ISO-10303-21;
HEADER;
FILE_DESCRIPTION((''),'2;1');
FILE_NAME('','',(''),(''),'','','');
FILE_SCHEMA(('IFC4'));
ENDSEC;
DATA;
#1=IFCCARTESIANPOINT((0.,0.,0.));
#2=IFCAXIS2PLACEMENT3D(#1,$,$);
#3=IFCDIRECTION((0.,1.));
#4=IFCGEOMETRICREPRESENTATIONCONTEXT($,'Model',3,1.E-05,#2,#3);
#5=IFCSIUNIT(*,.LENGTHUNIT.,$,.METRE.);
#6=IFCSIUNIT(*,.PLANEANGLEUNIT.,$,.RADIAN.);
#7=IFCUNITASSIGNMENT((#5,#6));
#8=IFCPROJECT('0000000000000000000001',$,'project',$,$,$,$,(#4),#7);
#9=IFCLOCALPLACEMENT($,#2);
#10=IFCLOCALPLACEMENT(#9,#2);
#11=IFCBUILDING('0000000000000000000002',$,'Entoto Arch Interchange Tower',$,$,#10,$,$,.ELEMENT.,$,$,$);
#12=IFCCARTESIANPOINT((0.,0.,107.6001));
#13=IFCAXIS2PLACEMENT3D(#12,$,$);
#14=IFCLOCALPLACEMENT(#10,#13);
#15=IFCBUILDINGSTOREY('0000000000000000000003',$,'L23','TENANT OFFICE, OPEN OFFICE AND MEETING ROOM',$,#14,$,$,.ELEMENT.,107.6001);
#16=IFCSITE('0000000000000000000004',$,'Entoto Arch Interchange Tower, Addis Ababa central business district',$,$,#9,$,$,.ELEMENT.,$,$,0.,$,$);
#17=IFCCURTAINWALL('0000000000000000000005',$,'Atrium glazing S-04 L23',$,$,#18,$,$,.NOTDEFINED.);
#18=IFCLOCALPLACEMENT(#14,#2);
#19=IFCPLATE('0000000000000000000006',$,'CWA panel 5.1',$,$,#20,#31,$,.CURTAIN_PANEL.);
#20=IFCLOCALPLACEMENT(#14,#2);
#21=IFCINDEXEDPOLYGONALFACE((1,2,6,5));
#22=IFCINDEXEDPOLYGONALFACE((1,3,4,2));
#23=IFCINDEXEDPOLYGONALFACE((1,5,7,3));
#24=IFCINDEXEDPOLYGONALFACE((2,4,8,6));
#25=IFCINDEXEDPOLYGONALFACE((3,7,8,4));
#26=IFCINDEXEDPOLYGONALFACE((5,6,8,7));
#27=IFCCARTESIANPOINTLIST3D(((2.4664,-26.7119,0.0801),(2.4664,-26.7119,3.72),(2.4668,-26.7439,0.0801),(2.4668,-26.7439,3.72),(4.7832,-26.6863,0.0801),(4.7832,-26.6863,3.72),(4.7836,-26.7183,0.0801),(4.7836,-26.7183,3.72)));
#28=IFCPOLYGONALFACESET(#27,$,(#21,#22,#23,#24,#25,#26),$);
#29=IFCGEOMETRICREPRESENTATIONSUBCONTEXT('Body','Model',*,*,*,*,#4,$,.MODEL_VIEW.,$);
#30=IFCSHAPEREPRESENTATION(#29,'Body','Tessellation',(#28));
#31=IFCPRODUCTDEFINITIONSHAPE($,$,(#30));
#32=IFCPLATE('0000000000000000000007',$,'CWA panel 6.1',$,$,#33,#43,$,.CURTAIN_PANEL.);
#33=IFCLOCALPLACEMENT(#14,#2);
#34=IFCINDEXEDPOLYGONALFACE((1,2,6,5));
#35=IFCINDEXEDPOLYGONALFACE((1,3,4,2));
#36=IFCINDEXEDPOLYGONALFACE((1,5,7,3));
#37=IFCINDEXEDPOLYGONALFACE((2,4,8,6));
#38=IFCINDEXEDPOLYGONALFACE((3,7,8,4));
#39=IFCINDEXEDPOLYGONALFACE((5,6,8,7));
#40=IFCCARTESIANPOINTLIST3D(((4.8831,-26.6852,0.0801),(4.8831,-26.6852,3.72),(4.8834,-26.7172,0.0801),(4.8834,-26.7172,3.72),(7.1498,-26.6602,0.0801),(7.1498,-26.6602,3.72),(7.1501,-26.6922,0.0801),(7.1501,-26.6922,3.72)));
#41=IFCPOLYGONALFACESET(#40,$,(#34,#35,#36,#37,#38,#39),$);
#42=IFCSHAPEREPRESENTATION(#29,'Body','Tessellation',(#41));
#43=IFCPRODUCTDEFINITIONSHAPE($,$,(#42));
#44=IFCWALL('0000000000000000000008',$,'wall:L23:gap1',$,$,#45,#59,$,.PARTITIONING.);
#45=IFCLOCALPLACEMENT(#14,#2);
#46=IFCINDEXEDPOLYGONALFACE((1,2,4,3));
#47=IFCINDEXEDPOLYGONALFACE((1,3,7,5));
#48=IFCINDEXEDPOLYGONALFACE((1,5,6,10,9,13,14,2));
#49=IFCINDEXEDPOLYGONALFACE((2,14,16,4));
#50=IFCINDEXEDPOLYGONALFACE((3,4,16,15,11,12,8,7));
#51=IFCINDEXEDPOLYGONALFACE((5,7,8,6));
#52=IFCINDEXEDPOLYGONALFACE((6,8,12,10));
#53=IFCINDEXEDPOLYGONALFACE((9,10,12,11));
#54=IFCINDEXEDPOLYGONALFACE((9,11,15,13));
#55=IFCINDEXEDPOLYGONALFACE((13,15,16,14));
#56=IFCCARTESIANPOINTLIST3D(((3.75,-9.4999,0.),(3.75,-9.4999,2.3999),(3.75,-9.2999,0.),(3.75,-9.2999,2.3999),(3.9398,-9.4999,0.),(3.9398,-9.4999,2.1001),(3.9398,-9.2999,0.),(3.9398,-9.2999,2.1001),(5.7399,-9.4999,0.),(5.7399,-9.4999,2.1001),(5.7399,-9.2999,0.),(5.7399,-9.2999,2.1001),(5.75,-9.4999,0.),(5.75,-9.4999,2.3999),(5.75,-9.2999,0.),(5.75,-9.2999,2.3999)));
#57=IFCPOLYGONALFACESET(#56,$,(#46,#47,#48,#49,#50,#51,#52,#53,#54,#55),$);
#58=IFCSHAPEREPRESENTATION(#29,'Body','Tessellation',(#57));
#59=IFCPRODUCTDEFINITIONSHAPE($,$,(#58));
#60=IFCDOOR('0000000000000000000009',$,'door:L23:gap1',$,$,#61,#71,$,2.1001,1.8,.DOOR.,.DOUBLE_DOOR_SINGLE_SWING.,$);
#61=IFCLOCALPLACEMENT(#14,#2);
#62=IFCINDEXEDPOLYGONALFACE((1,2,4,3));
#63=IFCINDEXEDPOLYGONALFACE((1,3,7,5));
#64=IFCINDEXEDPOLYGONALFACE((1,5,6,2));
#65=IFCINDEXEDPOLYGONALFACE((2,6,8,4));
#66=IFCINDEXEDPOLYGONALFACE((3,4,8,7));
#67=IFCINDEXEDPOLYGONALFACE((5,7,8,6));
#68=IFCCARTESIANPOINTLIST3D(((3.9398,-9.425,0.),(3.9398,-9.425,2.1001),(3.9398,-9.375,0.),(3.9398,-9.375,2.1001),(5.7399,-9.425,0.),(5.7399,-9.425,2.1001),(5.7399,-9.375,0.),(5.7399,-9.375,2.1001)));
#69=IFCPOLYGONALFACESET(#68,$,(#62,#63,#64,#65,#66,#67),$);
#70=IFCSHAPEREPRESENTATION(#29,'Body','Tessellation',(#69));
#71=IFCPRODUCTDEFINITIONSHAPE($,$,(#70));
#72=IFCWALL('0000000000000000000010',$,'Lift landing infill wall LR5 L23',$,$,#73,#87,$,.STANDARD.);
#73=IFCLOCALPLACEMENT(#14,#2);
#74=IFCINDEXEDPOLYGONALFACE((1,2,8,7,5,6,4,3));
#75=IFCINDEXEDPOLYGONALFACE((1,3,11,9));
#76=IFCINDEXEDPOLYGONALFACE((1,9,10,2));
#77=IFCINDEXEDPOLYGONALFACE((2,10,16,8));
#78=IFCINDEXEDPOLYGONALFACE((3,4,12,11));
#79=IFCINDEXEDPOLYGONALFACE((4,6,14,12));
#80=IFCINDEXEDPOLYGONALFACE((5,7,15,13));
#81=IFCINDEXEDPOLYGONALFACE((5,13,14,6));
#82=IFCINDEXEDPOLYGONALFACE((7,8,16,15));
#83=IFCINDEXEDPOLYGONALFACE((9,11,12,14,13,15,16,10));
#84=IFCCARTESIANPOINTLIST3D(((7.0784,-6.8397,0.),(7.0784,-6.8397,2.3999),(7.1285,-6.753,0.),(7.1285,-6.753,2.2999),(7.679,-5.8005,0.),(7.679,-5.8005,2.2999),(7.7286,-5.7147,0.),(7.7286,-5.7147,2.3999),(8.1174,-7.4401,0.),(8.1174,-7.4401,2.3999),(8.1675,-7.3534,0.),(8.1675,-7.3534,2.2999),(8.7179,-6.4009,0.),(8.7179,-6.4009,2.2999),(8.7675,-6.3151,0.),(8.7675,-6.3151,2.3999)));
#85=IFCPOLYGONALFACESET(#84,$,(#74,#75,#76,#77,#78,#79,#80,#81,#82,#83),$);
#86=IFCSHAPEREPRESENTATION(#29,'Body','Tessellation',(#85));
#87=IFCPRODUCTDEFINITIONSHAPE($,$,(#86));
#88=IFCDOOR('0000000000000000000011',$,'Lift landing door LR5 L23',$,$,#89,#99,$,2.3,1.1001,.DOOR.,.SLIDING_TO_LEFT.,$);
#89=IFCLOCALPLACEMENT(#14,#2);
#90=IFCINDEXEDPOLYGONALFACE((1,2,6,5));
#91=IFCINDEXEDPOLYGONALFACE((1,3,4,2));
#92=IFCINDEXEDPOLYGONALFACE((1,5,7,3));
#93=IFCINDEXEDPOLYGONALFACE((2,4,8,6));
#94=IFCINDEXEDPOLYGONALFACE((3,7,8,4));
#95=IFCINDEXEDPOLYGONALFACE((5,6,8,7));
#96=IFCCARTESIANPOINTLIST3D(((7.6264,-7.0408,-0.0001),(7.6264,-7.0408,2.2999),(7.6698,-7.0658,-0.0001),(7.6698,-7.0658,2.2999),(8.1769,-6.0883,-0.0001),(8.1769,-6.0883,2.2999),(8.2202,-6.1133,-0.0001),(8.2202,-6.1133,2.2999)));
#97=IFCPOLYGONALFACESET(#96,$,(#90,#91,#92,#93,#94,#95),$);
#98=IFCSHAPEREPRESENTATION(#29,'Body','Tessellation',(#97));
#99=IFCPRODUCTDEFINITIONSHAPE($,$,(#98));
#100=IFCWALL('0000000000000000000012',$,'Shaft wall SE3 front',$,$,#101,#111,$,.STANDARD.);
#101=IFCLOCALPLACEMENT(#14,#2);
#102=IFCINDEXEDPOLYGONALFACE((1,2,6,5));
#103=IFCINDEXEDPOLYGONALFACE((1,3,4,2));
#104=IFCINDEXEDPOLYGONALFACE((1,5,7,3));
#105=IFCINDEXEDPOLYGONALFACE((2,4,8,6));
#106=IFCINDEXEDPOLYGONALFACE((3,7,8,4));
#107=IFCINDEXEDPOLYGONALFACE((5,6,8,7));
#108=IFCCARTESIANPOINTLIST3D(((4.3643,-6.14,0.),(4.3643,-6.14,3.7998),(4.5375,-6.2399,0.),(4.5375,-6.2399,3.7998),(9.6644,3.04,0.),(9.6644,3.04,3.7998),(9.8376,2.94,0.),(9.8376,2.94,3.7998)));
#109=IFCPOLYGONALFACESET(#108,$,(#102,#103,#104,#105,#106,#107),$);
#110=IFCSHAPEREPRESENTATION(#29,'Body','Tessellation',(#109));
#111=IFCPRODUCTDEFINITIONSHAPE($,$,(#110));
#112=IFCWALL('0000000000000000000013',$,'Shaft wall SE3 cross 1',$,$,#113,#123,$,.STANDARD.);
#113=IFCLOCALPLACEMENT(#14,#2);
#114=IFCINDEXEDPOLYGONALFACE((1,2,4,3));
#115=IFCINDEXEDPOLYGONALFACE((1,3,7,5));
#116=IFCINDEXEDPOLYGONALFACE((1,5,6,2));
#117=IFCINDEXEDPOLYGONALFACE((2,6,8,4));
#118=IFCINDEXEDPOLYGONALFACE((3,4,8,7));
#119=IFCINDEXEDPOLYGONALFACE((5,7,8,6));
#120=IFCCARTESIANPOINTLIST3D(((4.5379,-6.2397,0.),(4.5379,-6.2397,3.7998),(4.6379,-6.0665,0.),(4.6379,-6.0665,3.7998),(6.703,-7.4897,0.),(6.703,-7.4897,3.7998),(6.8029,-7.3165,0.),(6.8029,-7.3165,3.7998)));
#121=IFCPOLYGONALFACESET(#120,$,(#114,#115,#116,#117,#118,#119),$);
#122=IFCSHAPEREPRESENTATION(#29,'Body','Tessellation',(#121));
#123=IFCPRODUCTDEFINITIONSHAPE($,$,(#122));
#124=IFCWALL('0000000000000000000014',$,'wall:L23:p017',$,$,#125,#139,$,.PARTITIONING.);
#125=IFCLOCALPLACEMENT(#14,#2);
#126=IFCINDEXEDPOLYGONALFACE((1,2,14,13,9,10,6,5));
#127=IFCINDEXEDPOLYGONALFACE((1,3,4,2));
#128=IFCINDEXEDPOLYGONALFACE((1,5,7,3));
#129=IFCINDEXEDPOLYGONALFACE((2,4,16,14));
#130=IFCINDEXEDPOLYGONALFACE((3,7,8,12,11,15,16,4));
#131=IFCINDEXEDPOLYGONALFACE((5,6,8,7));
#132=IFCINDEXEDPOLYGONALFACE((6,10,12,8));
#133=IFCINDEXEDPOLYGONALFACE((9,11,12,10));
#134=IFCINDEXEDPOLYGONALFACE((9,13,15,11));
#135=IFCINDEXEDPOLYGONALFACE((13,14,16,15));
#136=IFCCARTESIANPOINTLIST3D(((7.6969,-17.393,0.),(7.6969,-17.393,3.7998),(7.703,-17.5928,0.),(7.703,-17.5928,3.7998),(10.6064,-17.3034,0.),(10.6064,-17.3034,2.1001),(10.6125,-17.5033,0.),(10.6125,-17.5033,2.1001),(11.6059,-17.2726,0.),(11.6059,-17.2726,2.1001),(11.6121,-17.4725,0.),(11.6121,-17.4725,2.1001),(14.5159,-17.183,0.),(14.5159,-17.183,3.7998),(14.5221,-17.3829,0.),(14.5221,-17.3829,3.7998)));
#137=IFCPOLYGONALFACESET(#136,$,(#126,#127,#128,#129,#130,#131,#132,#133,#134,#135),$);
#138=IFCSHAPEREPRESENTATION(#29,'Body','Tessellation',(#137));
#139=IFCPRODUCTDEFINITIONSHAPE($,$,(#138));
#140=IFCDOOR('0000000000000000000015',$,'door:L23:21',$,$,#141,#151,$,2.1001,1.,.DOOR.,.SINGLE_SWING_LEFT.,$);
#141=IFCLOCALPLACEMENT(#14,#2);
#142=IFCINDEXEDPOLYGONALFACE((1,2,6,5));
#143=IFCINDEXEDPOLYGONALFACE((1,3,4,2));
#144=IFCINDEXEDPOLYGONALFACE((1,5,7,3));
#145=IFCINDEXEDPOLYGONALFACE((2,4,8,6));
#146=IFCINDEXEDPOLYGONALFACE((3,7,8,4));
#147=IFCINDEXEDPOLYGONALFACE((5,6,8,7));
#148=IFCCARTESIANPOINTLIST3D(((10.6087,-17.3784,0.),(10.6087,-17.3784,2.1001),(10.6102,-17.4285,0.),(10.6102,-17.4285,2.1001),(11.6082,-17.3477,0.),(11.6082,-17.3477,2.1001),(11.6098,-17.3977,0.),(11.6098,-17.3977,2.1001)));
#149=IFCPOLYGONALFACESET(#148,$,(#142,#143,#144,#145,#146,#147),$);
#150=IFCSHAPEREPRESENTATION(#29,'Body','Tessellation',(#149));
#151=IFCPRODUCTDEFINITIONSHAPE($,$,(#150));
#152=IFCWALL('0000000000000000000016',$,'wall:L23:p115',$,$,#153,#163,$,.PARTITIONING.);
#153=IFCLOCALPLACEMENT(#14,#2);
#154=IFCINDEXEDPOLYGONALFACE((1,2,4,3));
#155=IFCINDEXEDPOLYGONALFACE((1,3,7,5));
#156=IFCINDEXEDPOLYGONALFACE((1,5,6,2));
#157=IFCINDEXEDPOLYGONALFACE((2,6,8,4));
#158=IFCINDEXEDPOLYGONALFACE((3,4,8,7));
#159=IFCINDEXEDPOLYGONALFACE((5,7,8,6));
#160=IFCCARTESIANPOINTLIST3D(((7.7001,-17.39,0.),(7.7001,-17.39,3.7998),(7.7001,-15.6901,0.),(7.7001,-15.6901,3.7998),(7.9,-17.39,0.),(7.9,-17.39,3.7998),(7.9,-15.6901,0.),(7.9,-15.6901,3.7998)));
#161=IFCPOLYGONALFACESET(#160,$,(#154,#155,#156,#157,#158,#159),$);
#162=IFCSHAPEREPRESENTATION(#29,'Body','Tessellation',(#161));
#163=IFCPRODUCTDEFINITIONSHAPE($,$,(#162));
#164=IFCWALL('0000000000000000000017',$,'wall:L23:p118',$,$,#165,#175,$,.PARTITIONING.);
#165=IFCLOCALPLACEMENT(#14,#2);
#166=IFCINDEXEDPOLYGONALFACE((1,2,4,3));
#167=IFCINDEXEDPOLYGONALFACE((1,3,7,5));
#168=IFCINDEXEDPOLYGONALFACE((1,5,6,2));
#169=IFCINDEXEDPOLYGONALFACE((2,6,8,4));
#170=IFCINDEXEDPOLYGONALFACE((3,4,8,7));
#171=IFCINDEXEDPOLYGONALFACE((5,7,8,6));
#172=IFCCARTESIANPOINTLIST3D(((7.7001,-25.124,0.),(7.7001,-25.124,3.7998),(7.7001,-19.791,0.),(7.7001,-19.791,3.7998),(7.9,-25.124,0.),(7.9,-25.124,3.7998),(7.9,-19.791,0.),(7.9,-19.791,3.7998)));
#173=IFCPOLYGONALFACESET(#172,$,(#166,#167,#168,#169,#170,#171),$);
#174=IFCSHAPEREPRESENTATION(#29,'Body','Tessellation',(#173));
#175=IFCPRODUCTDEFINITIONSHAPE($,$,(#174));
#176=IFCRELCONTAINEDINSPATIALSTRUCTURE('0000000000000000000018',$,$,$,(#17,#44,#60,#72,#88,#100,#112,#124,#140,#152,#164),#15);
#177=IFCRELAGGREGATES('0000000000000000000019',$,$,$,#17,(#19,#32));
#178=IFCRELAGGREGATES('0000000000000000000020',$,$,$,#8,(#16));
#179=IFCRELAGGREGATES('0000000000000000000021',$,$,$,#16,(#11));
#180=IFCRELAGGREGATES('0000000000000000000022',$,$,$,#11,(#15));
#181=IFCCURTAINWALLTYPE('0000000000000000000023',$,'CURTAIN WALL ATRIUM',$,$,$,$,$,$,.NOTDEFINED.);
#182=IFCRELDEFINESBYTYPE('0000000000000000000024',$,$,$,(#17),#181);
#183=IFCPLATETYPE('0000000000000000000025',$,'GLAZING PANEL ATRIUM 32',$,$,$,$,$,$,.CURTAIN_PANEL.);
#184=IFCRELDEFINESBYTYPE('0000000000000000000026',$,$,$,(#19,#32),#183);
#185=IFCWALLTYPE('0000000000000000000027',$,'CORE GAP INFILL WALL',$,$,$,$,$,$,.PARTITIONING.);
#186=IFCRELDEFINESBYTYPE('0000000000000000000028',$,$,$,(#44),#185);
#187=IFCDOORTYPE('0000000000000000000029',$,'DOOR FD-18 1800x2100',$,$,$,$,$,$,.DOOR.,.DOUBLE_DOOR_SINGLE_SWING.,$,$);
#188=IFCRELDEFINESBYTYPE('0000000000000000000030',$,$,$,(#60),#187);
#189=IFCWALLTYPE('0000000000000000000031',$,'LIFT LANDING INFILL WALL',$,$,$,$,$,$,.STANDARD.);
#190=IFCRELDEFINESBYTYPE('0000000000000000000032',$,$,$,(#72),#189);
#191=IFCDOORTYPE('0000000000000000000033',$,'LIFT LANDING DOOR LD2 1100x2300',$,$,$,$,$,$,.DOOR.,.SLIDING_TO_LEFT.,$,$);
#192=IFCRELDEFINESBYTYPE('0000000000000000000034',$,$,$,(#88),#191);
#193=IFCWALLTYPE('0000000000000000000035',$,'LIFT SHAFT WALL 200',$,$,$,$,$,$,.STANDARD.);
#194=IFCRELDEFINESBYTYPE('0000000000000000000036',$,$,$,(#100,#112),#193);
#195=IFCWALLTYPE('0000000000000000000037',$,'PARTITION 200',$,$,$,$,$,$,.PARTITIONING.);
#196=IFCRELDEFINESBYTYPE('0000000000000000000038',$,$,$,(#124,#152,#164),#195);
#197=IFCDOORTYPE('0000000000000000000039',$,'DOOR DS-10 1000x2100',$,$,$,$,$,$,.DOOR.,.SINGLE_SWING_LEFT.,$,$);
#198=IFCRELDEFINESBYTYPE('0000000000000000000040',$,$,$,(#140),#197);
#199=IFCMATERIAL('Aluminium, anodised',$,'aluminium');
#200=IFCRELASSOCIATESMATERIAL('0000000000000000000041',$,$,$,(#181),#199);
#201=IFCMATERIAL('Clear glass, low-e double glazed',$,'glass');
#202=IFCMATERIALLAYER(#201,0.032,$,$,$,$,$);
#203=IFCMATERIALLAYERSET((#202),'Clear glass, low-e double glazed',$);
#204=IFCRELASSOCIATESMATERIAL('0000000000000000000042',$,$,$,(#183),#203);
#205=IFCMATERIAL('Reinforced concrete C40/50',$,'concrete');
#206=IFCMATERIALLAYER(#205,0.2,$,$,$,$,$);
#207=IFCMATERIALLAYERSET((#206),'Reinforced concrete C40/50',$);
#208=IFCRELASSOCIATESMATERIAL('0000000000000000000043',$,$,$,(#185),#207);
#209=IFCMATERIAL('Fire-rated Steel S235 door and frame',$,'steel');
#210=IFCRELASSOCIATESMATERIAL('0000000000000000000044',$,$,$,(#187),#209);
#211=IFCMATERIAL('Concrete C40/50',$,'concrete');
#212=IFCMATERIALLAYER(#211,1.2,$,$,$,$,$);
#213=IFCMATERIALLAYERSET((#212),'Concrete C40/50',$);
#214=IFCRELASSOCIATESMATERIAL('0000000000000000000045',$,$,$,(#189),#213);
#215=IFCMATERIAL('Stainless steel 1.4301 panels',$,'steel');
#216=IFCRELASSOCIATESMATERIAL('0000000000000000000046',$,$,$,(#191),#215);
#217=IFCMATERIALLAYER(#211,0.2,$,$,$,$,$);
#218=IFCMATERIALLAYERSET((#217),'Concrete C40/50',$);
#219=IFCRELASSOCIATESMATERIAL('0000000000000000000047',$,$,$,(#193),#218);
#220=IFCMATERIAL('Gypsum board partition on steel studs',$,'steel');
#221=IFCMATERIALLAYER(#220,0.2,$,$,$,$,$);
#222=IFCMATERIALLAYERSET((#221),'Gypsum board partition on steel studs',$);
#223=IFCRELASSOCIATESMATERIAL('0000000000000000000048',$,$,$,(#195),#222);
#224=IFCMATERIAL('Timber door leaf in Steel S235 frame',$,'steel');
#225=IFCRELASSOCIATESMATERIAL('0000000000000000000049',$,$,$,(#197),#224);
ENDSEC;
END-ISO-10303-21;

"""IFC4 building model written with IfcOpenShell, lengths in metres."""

from ifc_helpers import new_model, si_unit, direction, frame, frame_2d, origin, origin_2d, place, context, subcontext, project, spatial, rectangle, extrude, material, layer, layer_set, type_object, element, fill, aggregate, save


model = new_model("IFC4")

# Units and contexts
model_context = context("Model", 3, precision=1e-05, world=origin(), true_north=direction((0.0, 1.0)))
body_context = subcontext(model_context, "Body", "Model", "MODEL_VIEW")
ifc_project = project(units=[si_unit("LENGTHUNIT", "METRE"), si_unit("PLANEANGLEUNIT", "RADIAN")], contexts=[model_context])

# Site, building, storey
site_placement = place(None, origin())
site = spatial("IfcSite", under=ifc_project, at=site_placement, Name="Entoto Arch Interchange Tower, Addis Ababa central business district", CompositionType="ELEMENT", RefElevation=0.0)
building_placement = place(site_placement, origin())
building = spatial("IfcBuilding", under=site, at=building_placement, Name="Entoto Arch Interchange Tower", CompositionType="ELEMENT")
storey_placement = place(building_placement, frame((0.0, 0.0, 107.6001)))
storey = spatial("IfcBuildingStorey", under=building, at=storey_placement, Name="L23", Description="TENANT OFFICE, OPEN OFFICE AND MEETING ROOM", CompositionType="ELEMENT", Elevation=107.6001)

# Curtain wall, plates
ifc_material_1 = material(Name="Aluminium, anodised", Category="aluminium")
curtain_wall_type = type_object("IfcCurtainWallType", Name="CURTAIN WALL ATRIUM", PredefinedType="NOTDEFINED", material=ifc_material_1)
curtain_wall_placement = place(storey_placement, origin())
curtain_wall = element("IfcCurtainWall", 1, at=curtain_wall_placement, inside=storey, type_object=curtain_wall_type, Name="Atrium glazing S-04 L23", PredefinedType="NOTDEFINED")
ifc_material_2 = material(Name="Clear glass, low-e double glazed", Category="glass")
ifc_layer_1 = layer(ifc_material_2, 0.032)
ifc_layer_set_1 = layer_set([ifc_layer_1], Name="Clear glass, low-e double glazed")
plate_type = type_object("IfcPlateType", Name="GLAZING PANEL ATRIUM 32", PredefinedType="CURTAIN_PANEL", material=ifc_layer_set_1)
plate_1_placement = place(storey_placement, frame((3.625, -26.7151, 0.0801), z_axis=(0.0, 0.0, 1.0), x_axis=(0.999939, 0.011034, 0.0)))
plate_1 = element("IfcPlate", 2, at=plate_1_placement, type_object=plate_type, Name="CWA panel 5.1", PredefinedType="CURTAIN_PANEL", context=body_context, shape_type="SweptSolid", body=[
    extrude(rectangle(XDim=2.3169, YDim=0.032, at=origin_2d()), origin(), (0.0, 0.0, 1.0), 3.6399),
])
plate_2_placement = place(storey_placement, frame((6.0166, -26.6887, 0.0801), z_axis=(0.0, 0.0, 1.0), x_axis=(0.999939, 0.011034, 0.0)))
plate_2 = element("IfcPlate", 3, at=plate_2_placement, type_object=plate_type, Name="CWA panel 6.1", PredefinedType="CURTAIN_PANEL", context=body_context, shape_type="SweptSolid", body=[
    extrude(rectangle(XDim=2.2668, YDim=0.032, at=origin_2d()), origin(), (0.0, 0.0, 1.0), 3.6399),
])
aggregate(curtain_wall, [plate_1, plate_2])

# Walls, openings, doors
ifc_material_3 = material(Name="Reinforced concrete C40/50", Category="concrete")
ifc_layer_2 = layer(ifc_material_3, 0.2)
ifc_layer_set_2 = layer_set([ifc_layer_2], Name="Reinforced concrete C40/50")
wall_type_1 = type_object("IfcWallType", Name="CORE GAP INFILL WALL", PredefinedType="PARTITIONING", material=ifc_layer_set_2)
wall_1_placement = place(storey_placement, frame((3.75, -9.3999, 0.0), z_axis=(0.0, 0.0, 1.0), x_axis=(1.0, 0.0, 0.0)))
wall_1 = element("IfcWall", 4, at=wall_1_placement, inside=storey, type_object=wall_type_1, Name="wall:L23:gap1", PredefinedType="PARTITIONING", context=body_context, shape_type="SweptSolid", body=[
    extrude(rectangle(XDim=2.0, YDim=0.2, at=frame_2d((1.0, 0.0))), origin(), (0.0, 0.0, 1.0), 2.3999),
])
opening_1_placement = place(wall_1_placement, frame((0.1899, 0.0, 0.0)))
opening_1 = element("IfcOpeningElement", 5, at=opening_1_placement, cuts=wall_1, PredefinedType="OPENING", context=body_context, shape_type="SweptSolid", body=[
    extrude(rectangle(XDim=1.8, YDim=2.1001, at=frame_2d((0.8999, 1.05))), frame((0.0, 0.1099, 0.0), z_axis=(0.0, -1.0, 0.0), x_axis=(1.0, 0.0, 0.0)), (0.0, 0.0, 1.0), 0.22),
])
ifc_material_4 = material(Name="Fire-rated Steel S235 door and frame", Category="steel")
door_type_1 = type_object("IfcDoorType", Name="DOOR FD-18 1800x2100", OperationType="DOUBLE_DOOR_SINGLE_SWING", PredefinedType="DOOR", material=ifc_material_4)
door_1_placement = place(opening_1_placement, origin())
door_1 = element("IfcDoor", 6, at=door_1_placement, inside=storey, type_object=door_type_1, Name="door:L23:gap1", OperationType="DOUBLE_DOOR_SINGLE_SWING", OverallHeight=2.1001, OverallWidth=1.8, PredefinedType="DOOR", context=body_context, shape_type="SweptSolid", body=[
    extrude(rectangle(XDim=1.8, YDim=2.1001, at=frame_2d((0.8999, 1.05))), frame((0.0, 0.0249, 0.0), z_axis=(0.0, -1.0, 0.0), x_axis=(1.0, 0.0, 0.0)), (0.0, 0.0, 1.0), 0.05),
])
fill(opening_1, door_1)
ifc_material_5 = material(Name="Concrete C40/50", Category="concrete")
ifc_layer_3 = layer(ifc_material_5, 1.2)
ifc_layer_set_3 = layer_set([ifc_layer_3], Name="Concrete C40/50")
wall_type_2 = type_object("IfcWallType", Name="LIFT LANDING INFILL WALL", PredefinedType="STANDARD", material=ifc_layer_set_3)
wall_2_placement = place(storey_placement, frame((7.5979, -7.1399, 0.0), z_axis=(0.0, 0.0, 1.0), x_axis=(0.500362, 0.865816, 0.0)))
wall_2 = element("IfcWall", 7, at=wall_2_placement, inside=storey, type_object=wall_type_2, Name="Lift landing infill wall LR5 L23", PredefinedType="STANDARD", context=body_context, shape_type="SweptSolid", body=[
    extrude(rectangle(XDim=1.2993, YDim=1.2, at=frame_2d((0.6497, 0.0))), origin(), (0.0, 0.0, 1.0), 2.3999),
])
opening_2_placement = place(wall_2_placement, frame((0.1001, 0.0, 0.0)))
opening_2 = element("IfcOpeningElement", 8, at=opening_2_placement, cuts=wall_2, PredefinedType="OPENING", context=body_context, shape_type="SweptSolid", body=[
    extrude(rectangle(XDim=1.1001, YDim=2.3, at=frame_2d((0.55, 1.1499))), frame((0.0, 0.6099, 0.0), z_axis=(0.0, -1.0, 0.0), x_axis=(1.0, 0.0, 0.0)), (0.0, 0.0, 1.0), 1.22),
])
ifc_material_6 = material(Name="Stainless steel 1.4301 panels", Category="steel")
door_type_2 = type_object("IfcDoorType", Name="LIFT LANDING DOOR LD2 1100x2300", OperationType="SLIDING_TO_LEFT", PredefinedType="DOOR", material=ifc_material_6)
door_2_placement = place(opening_2_placement, origin())
door_2 = element("IfcDoor", 9, at=door_2_placement, inside=storey, type_object=door_type_2, Name="Lift landing door LR5 L23", OperationType="SLIDING_TO_LEFT", OverallHeight=2.3, OverallWidth=1.1001, PredefinedType="DOOR", context=body_context, shape_type="SweptSolid", body=[
    extrude(rectangle(XDim=1.1001, YDim=2.3, at=frame_2d((0.55, 1.1499))), frame((0.0, 0.0249, 0.0), z_axis=(0.0, -1.0, 0.0), x_axis=(1.0, 0.0, 0.0)), (0.0, 0.0, 1.0), 0.05),
])
fill(opening_2, door_2)

# Walls
ifc_layer_4 = layer(ifc_material_5, 0.2)
ifc_layer_set_4 = layer_set([ifc_layer_4], Name="Concrete C40/50")
wall_type_3 = type_object("IfcWallType", Name="LIFT SHAFT WALL 200", PredefinedType="STANDARD", material=ifc_layer_set_4)
wall_3_placement = place(storey_placement, frame((4.4509, -6.1899, 0.0), z_axis=(0.0, 0.0, 1.0), x_axis=(0.500001, 0.866025, 0.0)))
element("IfcWall", 10, at=wall_3_placement, inside=storey, type_object=wall_type_3, Name="Shaft wall SE3 front", PredefinedType="STANDARD", context=body_context, shape_type="SweptSolid", body=[
    extrude(rectangle(XDim=10.6001, YDim=0.2, at=frame_2d((5.3, 0.0))), origin(), (0.0, 0.0, 1.0), 3.7998),
])
wall_4_placement = place(storey_placement, frame((4.5879, -6.1531, 0.0), z_axis=(0.0, 0.0, 1.0), x_axis=(0.866023, -0.500004, 0.0)))
element("IfcWall", 11, at=wall_4_placement, inside=storey, type_object=wall_type_3, Name="Shaft wall SE3 cross 1", PredefinedType="STANDARD", context=body_context, shape_type="SweptSolid", body=[
    extrude(rectangle(XDim=2.5, YDim=0.2, at=frame_2d((1.25, 0.0))), origin(), (0.0, 0.0, 1.0), 3.7998),
])

# Wall, opening, door
ifc_material_7 = material(Name="Gypsum board partition on steel studs", Category="steel")
ifc_layer_5 = layer(ifc_material_7, 0.2)
ifc_layer_set_5 = layer_set([ifc_layer_5], Name="Gypsum board partition on steel studs")
wall_type_4 = type_object("IfcWallType", Name="PARTITION 200", PredefinedType="PARTITIONING", material=ifc_layer_set_5)
wall_5_placement = place(storey_placement, frame((7.7, -17.4929, 0.0), z_axis=(0.0, 0.0, 1.0), x_axis=(0.999526, 0.030776, 0.0)))
wall_5 = element("IfcWall", 12, at=wall_5_placement, inside=storey, type_object=wall_type_4, Name="wall:L23:p017", PredefinedType="PARTITIONING", context=body_context, shape_type="SweptSolid", body=[
    extrude(rectangle(XDim=6.8223, YDim=0.2, at=frame_2d((3.4111, 0.0))), origin(), (0.0, 0.0, 1.0), 3.7998),
])
opening_3_placement = place(wall_5_placement, frame((2.9109, 0.0, 0.0)))
opening_3 = element("IfcOpeningElement", 13, at=opening_3_placement, cuts=wall_5, PredefinedType="OPENING", context=body_context, shape_type="SweptSolid", body=[
    extrude(rectangle(XDim=1.0, YDim=2.1001, at=frame_2d((0.5, 1.05))), frame((0.0, 0.1099, 0.0), z_axis=(0.0, -1.0, 0.0), x_axis=(1.0, 0.0, 0.0)), (0.0, 0.0, 1.0), 0.22),
])
ifc_material_8 = material(Name="Timber door leaf in Steel S235 frame", Category="steel")
door_type_3 = type_object("IfcDoorType", Name="DOOR DS-10 1000x2100", OperationType="SINGLE_SWING_LEFT", PredefinedType="DOOR", material=ifc_material_8)
door_3_placement = place(opening_3_placement, origin())
door_3 = element("IfcDoor", 14, at=door_3_placement, inside=storey, type_object=door_type_3, Name="door:L23:21", OperationType="SINGLE_SWING_LEFT", OverallHeight=2.1001, OverallWidth=1.0, PredefinedType="DOOR", context=body_context, shape_type="SweptSolid", body=[
    extrude(rectangle(XDim=1.0, YDim=2.1001, at=frame_2d((0.5, 1.05))), frame((0.0, 0.0249, 0.0), z_axis=(0.0, -1.0, 0.0), x_axis=(1.0, 0.0, 0.0)), (0.0, 0.0, 1.0), 0.05),
])
fill(opening_3, door_3)

# Walls
wall_6_placement = place(storey_placement, frame((7.8, -15.6899, 0.0), z_axis=(0.0, 0.0, 1.0), x_axis=(0.0, -1.0, 0.0)))
element("IfcWall", 15, at=wall_6_placement, inside=storey, type_object=wall_type_4, Name="wall:L23:p115", PredefinedType="PARTITIONING", context=body_context, shape_type="SweptSolid", body=[
    extrude(rectangle(XDim=1.7, YDim=0.2, at=frame_2d((0.8501, 0.0))), origin(), (0.0, 0.0, 1.0), 3.7998),
])
wall_7_placement = place(storey_placement, frame((7.8, -19.791, 0.0), z_axis=(0.0, 0.0, 1.0), x_axis=(0.0, -1.0, 0.0)))
element("IfcWall", 16, at=wall_7_placement, inside=storey, type_object=wall_type_4, Name="wall:L23:p118", PredefinedType="PARTITIONING", context=body_context, shape_type="SweptSolid", body=[
    extrude(rectangle(XDim=5.333, YDim=0.2, at=frame_2d((2.6665, 0.0))), origin(), (0.0, 0.0, 1.0), 3.7998),
])

save(model, "model.ifc")
